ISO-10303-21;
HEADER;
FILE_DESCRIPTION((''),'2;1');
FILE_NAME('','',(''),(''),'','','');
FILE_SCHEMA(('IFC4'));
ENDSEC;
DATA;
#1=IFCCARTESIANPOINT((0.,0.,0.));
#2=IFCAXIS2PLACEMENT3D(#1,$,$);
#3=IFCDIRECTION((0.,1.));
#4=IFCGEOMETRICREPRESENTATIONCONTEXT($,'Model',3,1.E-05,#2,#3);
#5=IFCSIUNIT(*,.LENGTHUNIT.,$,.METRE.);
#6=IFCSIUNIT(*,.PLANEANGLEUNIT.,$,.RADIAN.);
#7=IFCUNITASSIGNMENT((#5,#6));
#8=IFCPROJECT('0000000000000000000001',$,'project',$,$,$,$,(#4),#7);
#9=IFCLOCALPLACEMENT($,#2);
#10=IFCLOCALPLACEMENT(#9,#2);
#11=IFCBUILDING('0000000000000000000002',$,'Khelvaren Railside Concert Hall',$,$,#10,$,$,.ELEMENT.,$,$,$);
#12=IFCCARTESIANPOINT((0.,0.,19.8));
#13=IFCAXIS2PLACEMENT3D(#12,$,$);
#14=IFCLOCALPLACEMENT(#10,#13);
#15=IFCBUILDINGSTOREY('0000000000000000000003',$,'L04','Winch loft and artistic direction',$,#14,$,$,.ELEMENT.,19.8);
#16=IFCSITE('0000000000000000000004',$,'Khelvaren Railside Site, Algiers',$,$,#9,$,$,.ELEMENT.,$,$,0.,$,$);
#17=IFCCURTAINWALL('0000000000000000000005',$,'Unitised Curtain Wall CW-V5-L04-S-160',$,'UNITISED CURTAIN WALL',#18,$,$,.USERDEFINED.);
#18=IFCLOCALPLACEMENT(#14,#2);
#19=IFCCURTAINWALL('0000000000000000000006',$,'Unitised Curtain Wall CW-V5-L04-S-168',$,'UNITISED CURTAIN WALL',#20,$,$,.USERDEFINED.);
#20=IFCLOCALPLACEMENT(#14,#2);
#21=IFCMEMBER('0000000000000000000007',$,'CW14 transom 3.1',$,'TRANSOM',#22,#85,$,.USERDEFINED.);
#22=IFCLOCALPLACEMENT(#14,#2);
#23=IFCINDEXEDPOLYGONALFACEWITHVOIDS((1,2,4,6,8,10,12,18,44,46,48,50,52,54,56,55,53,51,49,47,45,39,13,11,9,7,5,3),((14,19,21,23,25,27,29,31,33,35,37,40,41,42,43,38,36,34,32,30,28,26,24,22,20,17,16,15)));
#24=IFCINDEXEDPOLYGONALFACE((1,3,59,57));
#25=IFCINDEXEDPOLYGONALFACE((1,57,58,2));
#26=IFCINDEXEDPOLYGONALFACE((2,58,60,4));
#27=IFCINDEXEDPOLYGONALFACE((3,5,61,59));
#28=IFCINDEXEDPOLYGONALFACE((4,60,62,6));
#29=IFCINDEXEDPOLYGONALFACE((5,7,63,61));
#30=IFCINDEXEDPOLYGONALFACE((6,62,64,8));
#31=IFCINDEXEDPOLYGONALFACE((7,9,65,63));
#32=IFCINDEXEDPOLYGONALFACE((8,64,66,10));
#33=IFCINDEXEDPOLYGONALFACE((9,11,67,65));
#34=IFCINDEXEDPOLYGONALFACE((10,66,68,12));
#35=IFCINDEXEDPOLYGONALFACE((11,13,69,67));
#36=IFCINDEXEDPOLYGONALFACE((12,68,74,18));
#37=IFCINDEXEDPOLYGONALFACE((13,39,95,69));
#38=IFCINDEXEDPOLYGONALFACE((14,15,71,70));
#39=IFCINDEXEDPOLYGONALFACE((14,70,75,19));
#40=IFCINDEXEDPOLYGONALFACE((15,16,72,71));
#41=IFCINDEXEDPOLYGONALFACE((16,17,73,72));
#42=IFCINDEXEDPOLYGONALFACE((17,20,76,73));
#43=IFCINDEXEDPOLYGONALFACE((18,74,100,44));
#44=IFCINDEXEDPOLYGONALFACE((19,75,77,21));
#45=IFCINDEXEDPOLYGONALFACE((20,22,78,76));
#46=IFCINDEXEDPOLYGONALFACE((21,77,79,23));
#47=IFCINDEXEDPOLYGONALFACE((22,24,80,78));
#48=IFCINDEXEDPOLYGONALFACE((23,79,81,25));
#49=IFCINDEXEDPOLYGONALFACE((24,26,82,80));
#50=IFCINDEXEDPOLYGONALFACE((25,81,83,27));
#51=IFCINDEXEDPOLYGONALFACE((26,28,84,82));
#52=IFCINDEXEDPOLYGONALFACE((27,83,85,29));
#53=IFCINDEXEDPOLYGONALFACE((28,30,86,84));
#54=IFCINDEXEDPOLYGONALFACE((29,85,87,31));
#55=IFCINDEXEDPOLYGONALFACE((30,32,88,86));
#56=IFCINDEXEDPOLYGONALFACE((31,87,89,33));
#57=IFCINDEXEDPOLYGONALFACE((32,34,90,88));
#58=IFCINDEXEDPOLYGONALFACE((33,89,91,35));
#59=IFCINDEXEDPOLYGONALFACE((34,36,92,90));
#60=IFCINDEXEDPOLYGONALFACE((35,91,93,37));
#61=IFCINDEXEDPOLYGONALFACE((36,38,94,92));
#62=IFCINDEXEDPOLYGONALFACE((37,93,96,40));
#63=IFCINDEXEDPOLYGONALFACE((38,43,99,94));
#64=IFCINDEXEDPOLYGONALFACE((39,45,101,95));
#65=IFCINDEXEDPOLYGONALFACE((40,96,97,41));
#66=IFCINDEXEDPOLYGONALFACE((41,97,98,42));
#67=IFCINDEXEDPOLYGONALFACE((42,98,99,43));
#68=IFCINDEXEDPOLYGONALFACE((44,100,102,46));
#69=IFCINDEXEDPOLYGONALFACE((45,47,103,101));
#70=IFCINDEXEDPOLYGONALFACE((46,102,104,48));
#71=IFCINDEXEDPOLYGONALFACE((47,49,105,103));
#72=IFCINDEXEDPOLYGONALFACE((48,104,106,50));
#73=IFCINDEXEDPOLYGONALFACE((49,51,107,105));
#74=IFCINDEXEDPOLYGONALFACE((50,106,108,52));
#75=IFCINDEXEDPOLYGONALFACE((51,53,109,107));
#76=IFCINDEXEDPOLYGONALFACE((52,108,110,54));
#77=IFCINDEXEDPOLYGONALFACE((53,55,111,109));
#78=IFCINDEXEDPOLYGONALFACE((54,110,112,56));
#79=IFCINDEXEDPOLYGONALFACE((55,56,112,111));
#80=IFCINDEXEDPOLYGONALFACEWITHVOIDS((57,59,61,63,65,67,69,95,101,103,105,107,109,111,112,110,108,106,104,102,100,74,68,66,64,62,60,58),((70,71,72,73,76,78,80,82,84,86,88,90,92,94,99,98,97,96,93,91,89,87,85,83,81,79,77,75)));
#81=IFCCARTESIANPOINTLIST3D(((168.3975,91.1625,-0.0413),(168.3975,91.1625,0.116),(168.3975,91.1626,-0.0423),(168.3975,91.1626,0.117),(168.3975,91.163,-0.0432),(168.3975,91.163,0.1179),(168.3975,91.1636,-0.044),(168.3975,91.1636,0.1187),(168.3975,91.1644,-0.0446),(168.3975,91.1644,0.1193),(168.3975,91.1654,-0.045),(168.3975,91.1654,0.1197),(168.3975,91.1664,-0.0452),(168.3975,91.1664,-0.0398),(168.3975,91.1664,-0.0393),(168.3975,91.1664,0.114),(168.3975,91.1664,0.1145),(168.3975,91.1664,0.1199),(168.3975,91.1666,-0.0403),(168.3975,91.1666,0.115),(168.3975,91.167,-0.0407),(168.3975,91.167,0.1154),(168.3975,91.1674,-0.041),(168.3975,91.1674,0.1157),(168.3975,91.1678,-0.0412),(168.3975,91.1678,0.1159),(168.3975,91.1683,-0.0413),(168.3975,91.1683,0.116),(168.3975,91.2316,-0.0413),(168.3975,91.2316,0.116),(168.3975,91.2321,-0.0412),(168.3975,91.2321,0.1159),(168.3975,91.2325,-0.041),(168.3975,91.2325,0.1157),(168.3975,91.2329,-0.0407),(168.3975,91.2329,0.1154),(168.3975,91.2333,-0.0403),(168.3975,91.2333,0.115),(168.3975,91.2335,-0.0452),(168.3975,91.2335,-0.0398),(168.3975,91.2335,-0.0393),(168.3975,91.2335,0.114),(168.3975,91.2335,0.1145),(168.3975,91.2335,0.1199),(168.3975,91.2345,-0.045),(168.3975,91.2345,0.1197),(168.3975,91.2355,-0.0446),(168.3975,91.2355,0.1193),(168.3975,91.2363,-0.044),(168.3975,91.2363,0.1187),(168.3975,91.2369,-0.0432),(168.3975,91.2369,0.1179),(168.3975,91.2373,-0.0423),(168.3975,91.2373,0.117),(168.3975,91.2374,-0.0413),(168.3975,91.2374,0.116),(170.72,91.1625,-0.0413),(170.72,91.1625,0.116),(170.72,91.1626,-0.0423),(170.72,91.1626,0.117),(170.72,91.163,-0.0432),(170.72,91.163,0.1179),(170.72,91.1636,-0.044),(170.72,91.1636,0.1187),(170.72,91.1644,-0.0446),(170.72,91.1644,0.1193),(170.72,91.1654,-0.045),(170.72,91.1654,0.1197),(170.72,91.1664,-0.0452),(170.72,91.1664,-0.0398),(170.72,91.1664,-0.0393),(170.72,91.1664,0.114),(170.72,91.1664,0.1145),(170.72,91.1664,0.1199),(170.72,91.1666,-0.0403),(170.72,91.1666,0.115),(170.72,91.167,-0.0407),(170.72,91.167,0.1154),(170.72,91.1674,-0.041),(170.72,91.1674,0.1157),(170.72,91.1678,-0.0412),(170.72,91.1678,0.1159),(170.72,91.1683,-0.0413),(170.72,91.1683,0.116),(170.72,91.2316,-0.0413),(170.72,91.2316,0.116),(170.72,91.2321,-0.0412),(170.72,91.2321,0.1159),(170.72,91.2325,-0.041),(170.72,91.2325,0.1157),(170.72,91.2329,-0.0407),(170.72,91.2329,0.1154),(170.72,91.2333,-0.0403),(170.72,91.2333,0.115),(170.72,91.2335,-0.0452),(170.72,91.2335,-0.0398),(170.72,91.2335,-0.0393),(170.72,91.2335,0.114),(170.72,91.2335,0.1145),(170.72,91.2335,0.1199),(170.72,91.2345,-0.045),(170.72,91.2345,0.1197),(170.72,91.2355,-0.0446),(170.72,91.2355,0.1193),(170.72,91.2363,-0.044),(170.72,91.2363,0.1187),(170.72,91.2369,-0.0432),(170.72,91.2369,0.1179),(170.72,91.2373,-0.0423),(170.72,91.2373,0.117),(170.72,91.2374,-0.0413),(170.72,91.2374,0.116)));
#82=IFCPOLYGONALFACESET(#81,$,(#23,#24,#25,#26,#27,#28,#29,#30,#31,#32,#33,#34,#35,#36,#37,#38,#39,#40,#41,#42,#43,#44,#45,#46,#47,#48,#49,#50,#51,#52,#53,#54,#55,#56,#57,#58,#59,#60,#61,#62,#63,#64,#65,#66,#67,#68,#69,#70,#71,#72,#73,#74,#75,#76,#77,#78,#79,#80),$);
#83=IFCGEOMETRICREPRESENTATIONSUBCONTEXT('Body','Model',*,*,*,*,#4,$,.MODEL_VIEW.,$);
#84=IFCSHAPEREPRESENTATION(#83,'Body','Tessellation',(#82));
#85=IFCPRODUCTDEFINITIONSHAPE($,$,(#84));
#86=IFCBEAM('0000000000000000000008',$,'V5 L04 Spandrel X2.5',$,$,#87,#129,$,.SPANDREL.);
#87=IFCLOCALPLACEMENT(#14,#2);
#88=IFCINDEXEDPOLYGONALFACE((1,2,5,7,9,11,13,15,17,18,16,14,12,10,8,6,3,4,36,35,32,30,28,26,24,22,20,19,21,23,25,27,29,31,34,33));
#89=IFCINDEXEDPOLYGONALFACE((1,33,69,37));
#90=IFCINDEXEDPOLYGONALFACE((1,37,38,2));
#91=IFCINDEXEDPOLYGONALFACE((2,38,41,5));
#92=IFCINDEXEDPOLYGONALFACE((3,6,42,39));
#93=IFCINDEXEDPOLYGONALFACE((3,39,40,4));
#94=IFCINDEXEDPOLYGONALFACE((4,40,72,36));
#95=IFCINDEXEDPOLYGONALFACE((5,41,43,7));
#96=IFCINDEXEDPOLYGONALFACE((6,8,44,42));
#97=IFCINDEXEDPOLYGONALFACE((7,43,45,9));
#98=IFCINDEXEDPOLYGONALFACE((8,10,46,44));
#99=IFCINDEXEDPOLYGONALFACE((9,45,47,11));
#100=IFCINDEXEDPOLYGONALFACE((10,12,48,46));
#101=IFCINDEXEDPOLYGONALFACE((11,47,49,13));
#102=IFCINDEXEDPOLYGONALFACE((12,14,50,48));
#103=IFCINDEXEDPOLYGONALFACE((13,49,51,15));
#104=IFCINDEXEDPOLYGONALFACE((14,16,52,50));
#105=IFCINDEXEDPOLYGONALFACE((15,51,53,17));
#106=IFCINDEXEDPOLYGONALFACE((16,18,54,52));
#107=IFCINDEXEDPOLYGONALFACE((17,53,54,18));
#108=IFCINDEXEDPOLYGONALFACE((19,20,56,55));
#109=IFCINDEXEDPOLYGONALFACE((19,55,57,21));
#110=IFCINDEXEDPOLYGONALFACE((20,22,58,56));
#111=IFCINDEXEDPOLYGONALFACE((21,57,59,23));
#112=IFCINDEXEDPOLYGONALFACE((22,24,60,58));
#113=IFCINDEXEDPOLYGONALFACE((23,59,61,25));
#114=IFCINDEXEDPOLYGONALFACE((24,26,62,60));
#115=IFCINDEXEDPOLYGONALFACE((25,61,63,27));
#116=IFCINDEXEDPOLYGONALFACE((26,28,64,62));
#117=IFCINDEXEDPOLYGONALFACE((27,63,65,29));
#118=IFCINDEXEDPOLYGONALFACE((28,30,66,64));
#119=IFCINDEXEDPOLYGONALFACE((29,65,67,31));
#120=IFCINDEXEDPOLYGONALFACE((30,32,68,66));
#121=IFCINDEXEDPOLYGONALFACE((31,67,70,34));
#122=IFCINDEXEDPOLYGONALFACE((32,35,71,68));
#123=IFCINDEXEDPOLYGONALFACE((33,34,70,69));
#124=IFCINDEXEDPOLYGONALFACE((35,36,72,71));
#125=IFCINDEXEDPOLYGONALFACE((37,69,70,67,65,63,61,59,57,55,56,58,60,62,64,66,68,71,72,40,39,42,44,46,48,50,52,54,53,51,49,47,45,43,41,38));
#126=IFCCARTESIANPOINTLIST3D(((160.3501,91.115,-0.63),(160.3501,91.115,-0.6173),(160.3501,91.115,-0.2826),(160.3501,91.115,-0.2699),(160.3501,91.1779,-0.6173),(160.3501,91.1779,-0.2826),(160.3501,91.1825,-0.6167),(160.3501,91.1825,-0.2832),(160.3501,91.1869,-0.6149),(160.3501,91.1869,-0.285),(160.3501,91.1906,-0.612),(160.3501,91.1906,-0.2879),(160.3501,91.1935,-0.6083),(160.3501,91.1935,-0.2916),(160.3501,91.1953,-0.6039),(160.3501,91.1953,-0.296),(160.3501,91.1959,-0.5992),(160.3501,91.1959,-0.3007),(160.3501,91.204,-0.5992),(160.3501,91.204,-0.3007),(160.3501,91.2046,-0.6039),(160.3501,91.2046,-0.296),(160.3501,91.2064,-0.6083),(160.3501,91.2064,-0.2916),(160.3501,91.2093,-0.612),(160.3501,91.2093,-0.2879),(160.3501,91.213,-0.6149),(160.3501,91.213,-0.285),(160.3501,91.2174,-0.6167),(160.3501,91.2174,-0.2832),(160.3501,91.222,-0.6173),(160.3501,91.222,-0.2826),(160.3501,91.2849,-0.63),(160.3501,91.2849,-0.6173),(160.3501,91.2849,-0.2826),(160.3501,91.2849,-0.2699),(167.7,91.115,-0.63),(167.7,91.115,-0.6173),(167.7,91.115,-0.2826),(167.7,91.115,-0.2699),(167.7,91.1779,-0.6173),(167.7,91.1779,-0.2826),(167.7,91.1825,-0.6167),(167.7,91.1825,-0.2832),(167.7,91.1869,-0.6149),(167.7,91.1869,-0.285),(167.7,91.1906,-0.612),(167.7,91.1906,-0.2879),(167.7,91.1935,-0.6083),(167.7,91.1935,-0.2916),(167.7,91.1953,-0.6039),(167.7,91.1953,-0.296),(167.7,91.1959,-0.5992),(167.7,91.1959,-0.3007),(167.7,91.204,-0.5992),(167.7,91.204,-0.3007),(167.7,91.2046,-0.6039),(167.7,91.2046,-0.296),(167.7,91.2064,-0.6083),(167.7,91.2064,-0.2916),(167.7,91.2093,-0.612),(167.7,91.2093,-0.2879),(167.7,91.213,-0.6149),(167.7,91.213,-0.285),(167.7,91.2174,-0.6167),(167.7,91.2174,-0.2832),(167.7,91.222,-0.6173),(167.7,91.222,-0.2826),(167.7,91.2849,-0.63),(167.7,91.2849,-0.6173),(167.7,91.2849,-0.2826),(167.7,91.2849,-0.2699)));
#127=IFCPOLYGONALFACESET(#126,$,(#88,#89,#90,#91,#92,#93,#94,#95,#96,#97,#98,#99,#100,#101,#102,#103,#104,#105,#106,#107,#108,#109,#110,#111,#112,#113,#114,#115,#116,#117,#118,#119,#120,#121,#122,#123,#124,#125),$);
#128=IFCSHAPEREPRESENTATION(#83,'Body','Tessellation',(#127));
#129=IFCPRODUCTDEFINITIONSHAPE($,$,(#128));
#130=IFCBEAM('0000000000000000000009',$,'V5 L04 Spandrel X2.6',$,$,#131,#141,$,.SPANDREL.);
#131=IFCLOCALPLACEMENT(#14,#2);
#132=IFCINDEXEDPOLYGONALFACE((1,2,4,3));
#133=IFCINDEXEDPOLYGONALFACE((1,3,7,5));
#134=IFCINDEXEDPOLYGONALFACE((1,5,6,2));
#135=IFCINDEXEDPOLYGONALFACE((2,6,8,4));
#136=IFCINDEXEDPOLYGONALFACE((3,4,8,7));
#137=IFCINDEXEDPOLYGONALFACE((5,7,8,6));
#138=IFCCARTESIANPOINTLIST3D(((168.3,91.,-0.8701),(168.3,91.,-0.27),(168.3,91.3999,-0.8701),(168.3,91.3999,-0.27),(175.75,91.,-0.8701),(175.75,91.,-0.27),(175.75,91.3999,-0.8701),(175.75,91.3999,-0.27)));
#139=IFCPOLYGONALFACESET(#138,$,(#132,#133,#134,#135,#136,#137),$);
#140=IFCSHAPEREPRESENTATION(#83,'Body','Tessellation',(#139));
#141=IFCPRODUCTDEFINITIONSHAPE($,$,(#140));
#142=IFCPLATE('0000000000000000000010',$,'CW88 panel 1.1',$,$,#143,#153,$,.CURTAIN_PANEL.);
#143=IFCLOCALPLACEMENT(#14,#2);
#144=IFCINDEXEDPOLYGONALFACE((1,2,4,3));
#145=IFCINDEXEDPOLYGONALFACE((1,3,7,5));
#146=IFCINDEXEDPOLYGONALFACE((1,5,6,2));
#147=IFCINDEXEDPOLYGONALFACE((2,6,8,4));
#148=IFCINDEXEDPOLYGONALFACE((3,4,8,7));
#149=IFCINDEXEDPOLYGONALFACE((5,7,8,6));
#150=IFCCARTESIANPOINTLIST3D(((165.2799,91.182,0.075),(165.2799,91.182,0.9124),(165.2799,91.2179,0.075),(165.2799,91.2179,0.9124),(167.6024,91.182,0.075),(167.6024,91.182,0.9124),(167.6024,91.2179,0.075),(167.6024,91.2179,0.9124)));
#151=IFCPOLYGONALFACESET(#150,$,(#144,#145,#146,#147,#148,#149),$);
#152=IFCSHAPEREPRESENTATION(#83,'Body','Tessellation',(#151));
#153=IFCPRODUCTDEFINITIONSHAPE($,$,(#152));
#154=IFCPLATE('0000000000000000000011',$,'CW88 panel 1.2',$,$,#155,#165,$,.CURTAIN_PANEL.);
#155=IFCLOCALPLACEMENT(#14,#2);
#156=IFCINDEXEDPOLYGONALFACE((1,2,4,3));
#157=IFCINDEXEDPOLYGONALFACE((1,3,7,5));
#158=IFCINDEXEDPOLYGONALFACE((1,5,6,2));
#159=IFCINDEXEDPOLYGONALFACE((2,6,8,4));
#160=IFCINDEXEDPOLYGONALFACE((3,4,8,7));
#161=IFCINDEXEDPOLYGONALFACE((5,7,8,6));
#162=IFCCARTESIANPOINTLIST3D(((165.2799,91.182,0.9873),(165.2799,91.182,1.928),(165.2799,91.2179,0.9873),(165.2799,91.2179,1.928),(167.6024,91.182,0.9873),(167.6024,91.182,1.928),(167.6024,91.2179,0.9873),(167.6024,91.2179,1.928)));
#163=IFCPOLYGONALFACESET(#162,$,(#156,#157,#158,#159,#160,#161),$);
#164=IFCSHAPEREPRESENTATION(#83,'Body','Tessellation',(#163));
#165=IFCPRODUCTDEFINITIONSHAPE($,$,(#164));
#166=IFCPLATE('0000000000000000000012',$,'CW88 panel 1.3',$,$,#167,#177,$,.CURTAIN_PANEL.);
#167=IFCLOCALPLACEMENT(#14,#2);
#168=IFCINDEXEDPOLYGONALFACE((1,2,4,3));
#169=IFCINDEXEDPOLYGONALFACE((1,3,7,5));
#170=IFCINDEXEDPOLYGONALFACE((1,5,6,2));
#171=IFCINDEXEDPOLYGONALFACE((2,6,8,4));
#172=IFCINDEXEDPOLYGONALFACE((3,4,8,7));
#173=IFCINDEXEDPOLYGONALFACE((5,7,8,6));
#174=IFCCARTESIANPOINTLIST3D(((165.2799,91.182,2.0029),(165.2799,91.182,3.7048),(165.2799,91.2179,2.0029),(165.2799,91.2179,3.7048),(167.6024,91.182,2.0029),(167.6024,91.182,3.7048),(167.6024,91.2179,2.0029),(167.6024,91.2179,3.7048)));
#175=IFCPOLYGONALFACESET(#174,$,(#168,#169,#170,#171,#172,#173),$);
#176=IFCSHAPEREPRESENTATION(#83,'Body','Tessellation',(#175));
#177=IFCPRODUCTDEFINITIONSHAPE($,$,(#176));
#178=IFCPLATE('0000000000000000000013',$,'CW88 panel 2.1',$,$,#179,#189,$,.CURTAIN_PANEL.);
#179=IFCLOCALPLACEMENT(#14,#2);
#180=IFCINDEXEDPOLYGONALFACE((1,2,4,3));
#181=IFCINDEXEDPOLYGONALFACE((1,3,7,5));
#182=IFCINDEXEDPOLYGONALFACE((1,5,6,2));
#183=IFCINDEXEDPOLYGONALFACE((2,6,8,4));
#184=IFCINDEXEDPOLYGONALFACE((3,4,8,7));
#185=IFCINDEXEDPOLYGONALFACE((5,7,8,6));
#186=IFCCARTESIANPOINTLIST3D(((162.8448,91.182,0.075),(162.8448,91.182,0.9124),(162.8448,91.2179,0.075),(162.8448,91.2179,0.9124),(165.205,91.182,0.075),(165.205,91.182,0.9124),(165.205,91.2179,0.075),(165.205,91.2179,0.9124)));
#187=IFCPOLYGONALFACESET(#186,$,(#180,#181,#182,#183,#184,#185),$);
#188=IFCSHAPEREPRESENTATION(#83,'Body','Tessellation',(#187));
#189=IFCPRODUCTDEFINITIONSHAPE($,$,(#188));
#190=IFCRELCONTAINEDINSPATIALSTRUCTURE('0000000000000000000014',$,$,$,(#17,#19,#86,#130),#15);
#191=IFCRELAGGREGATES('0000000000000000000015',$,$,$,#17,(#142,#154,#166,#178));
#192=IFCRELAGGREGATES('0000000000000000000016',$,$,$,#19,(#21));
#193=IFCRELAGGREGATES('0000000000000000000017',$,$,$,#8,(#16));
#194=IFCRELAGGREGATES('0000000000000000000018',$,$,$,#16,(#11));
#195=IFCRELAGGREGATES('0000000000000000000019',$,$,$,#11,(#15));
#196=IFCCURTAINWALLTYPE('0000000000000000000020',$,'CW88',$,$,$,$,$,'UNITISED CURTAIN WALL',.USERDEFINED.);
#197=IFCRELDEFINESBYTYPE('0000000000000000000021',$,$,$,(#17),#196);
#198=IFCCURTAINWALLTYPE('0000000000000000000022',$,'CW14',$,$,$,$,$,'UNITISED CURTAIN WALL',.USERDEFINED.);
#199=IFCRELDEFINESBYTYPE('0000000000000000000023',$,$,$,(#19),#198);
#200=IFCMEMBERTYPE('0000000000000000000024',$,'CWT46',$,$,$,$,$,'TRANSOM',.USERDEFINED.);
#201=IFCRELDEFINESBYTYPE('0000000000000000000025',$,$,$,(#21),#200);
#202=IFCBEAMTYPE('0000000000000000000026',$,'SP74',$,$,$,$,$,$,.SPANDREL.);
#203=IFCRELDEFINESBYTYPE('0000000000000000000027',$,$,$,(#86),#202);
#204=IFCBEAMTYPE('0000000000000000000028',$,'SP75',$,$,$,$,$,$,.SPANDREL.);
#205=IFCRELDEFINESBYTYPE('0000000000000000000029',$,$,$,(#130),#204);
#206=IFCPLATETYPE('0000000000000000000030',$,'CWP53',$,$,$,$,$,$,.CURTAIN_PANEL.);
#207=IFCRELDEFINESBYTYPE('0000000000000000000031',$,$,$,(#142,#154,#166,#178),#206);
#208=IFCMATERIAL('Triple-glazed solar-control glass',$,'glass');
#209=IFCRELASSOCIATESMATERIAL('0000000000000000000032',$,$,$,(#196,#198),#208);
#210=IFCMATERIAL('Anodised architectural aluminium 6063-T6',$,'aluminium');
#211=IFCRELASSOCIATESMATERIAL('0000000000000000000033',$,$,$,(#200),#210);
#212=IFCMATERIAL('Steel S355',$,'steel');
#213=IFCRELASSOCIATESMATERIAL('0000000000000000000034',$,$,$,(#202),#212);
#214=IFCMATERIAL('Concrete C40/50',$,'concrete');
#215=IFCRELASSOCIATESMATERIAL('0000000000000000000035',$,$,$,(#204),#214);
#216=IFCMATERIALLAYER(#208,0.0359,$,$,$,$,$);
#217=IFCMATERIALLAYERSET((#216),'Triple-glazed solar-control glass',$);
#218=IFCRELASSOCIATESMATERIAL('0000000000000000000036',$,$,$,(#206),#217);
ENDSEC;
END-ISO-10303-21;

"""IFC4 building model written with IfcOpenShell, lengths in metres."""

from ifc_helpers import new_model, si_unit, direction, frame, origin, origin_2d, place, context, subcontext, project, spatial, rectangle, hollow_rectangle, i_section, extrude, material, layer, layer_set, material_profile, profile_set, type_object, element, aggregate, save


model = new_model("IFC4")

# Units and contexts
model_context = context("Model", 3, precision=1e-05, world=origin(), true_north=direction((0.0, 1.0)))
body_context = subcontext(model_context, "Body", "Model", "MODEL_VIEW")
ifc_project = project(units=[si_unit("LENGTHUNIT", "METRE"), si_unit("PLANEANGLEUNIT", "RADIAN")], contexts=[model_context])

# Site, building, storey
site_placement = place(None, origin())
site = spatial("IfcSite", under=ifc_project, at=site_placement, Name="Khelvaren Railside Site, Algiers", CompositionType="ELEMENT", RefElevation=0.0)
building_placement = place(site_placement, origin())
building = spatial("IfcBuilding", under=site, at=building_placement, Name="Khelvaren Railside Concert Hall", CompositionType="ELEMENT")
storey_placement = place(building_placement, frame((0.0, 0.0, 19.8)))
storey = spatial("IfcBuildingStorey", under=building, at=storey_placement, Name="L04", Description="Winch loft and artistic direction", CompositionType="ELEMENT", Elevation=19.8)

# Shared definitions
ifc_material_1 = material(Name="Steel S355", Category="steel")

# Curtain wall
ifc_material_2 = material(Name="Triple-glazed solar-control glass", Category="glass")
curtain_wall_type_1 = type_object("IfcCurtainWallType", Name="CW88", ElementType="UNITISED CURTAIN WALL", PredefinedType="USERDEFINED", material=ifc_material_2)
curtain_wall_1_placement = place(storey_placement, origin())
curtain_wall_1 = element("IfcCurtainWall", 1, at=curtain_wall_1_placement, inside=storey, type_object=curtain_wall_type_1, Name="Unitised Curtain Wall CW-V5-L04-S-160", ObjectType="UNITISED CURTAIN WALL", PredefinedType="USERDEFINED")
ifc_material_3 = material(Name="Anodised architectural aluminium 6063-T6", Category="aluminium")

# Curtain wall
curtain_wall_type_2 = type_object("IfcCurtainWallType", Name="CW14", ElementType="UNITISED CURTAIN WALL", PredefinedType="USERDEFINED", material=ifc_material_2)
curtain_wall_2_placement = place(storey_placement, origin())
curtain_wall_2 = element("IfcCurtainWall", 2, at=curtain_wall_2_placement, inside=storey, type_object=curtain_wall_type_2, Name="Unitised Curtain Wall CW-V5-L04-S-168", ObjectType="UNITISED CURTAIN WALL", PredefinedType="USERDEFINED")

# Member
ifc_material_profile_1 = material_profile(ifc_material_3, hollow_rectangle(XDim=0.075, YDim=0.165, WallThickness=0.0039, InnerFilletRadius=0.002, OuterFilletRadius=0.0039, at=origin_2d()), Name="CWT 75x165x4")
ifc_profile_set_1 = profile_set([ifc_material_profile_1], Name="Anodised architectural aluminium 6063-T6")
member_type_1 = type_object("IfcMemberType", Name="CWT46", ElementType="TRANSOM", PredefinedType="USERDEFINED", material=ifc_profile_set_1)
member_1_placement = place(storey_placement, frame((170.72, 91.2, 0.0374), z_axis=(-1.0, 0.0, 0.0), x_axis=(0.0, -1.0, 0.0)))
member_1 = element("IfcMember", 3, at=member_1_placement, type_object=member_type_1, Name="CW14 transom 3.1", ObjectType="TRANSOM", PredefinedType="USERDEFINED", context=body_context, shape_type="SweptSolid", body=[
    extrude(hollow_rectangle(XDim=0.075, YDim=0.165, WallThickness=0.0039, InnerFilletRadius=0.002, OuterFilletRadius=0.0039, at=origin_2d()), origin(), (0.0, 0.0, 1.0), 2.3225),
])

# Beams
ifc_material_profile_2 = material_profile(ifc_material_1, i_section(OverallWidth=0.1699, OverallDepth=0.3601, WebThickness=0.0081, FlangeThickness=0.0127, FilletRadius=0.0181, at=origin_2d()), Name="IPE 360")
ifc_profile_set_2 = profile_set([ifc_material_profile_2], Name="Steel S355")
beam_type_1 = type_object("IfcBeamType", Name="SP74", PredefinedType="SPANDREL", material=ifc_profile_set_2)
beam_1_placement = place(storey_placement, frame((160.3501, 91.2, -0.45), z_axis=(1.0, 0.0, 0.0), x_axis=(0.0, 1.0, 0.0)))
element("IfcBeam", 4, at=beam_1_placement, inside=storey, type_object=beam_type_1, Name="V5 L04 Spandrel X2.5", PredefinedType="SPANDREL", context=body_context, shape_type="SweptSolid", body=[
    extrude(i_section(OverallWidth=0.1699, OverallDepth=0.3601, WebThickness=0.0081, FlangeThickness=0.0127, FilletRadius=0.0181, at=origin_2d()), origin(), (0.0, 0.0, 1.0), 7.3499),
])
ifc_material_4 = material(Name="Concrete C40/50", Category="concrete")
ifc_material_profile_3 = material_profile(ifc_material_4, rectangle(XDim=0.3999, YDim=0.6001, at=origin_2d()), Name="RCB 400x600")
ifc_profile_set_3 = profile_set([ifc_material_profile_3], Name="Concrete C40/50")
beam_type_2 = type_object("IfcBeamType", Name="SP75", PredefinedType="SPANDREL", material=ifc_profile_set_3)
beam_2_placement = place(storey_placement, frame((168.3, 91.2, -0.5701), z_axis=(1.0, 0.0, 0.0), x_axis=(0.0, 1.0, 0.0)))
element("IfcBeam", 5, at=beam_2_placement, inside=storey, type_object=beam_type_2, Name="V5 L04 Spandrel X2.6", PredefinedType="SPANDREL", context=body_context, shape_type="SweptSolid", body=[
    extrude(rectangle(XDim=0.3999, YDim=0.6001, at=origin_2d()), origin(), (0.0, 0.0, 1.0), 7.45),
])

# Plates
ifc_layer = layer(ifc_material_2, 0.0359)
ifc_layer_set = layer_set([ifc_layer], Name="Triple-glazed solar-control glass")
plate_type = type_object("IfcPlateType", Name="CWP53", PredefinedType="CURTAIN_PANEL", material=ifc_layer_set)
plate_1_placement = place(storey_placement, frame((166.4412, 91.2, 0.075), z_axis=(0.0, 0.0, 1.0), x_axis=(-1.0, 0.0, 0.0)))
plate_1 = element("IfcPlate", 6, at=plate_1_placement, type_object=plate_type, Name="CW88 panel 1.1", PredefinedType="CURTAIN_PANEL", context=body_context, shape_type="SweptSolid", body=[
    extrude(rectangle(XDim=2.3225, YDim=0.0359, at=origin_2d()), origin(), (0.0, 0.0, 1.0), 0.8374),
])
plate_2_placement = place(storey_placement, frame((166.4412, 91.2, 0.9873), z_axis=(0.0, 0.0, 1.0), x_axis=(-1.0, 0.0, 0.0)))
plate_2 = element("IfcPlate", 7, at=plate_2_placement, type_object=plate_type, Name="CW88 panel 1.2", PredefinedType="CURTAIN_PANEL", context=body_context, shape_type="SweptSolid", body=[
    extrude(rectangle(XDim=2.3225, YDim=0.0359, at=origin_2d()), origin(), (0.0, 0.0, 1.0), 0.9407),
])
plate_3_placement = place(storey_placement, frame((166.4412, 91.2, 2.0029), z_axis=(0.0, 0.0, 1.0), x_axis=(-1.0, 0.0, 0.0)))
plate_3 = element("IfcPlate", 8, at=plate_3_placement, type_object=plate_type, Name="CW88 panel 1.3", PredefinedType="CURTAIN_PANEL", context=body_context, shape_type="SweptSolid", body=[
    extrude(rectangle(XDim=2.3225, YDim=0.0359, at=origin_2d()), origin(), (0.0, 0.0, 1.0), 1.7019),
])
plate_4_placement = place(storey_placement, frame((164.0249, 91.2, 0.075), z_axis=(0.0, 0.0, 1.0), x_axis=(-1.0, 0.0, 0.0)))
plate_4 = element("IfcPlate", 9, at=plate_4_placement, type_object=plate_type, Name="CW88 panel 2.1", PredefinedType="CURTAIN_PANEL", context=body_context, shape_type="SweptSolid", body=[
    extrude(rectangle(XDim=2.3601, YDim=0.0359, at=origin_2d()), origin(), (0.0, 0.0, 1.0), 0.8374),
])
aggregate(curtain_wall_1, [plate_1, plate_2, plate_3, plate_4])
aggregate(curtain_wall_2, [member_1])

save(model, "model.ifc")
